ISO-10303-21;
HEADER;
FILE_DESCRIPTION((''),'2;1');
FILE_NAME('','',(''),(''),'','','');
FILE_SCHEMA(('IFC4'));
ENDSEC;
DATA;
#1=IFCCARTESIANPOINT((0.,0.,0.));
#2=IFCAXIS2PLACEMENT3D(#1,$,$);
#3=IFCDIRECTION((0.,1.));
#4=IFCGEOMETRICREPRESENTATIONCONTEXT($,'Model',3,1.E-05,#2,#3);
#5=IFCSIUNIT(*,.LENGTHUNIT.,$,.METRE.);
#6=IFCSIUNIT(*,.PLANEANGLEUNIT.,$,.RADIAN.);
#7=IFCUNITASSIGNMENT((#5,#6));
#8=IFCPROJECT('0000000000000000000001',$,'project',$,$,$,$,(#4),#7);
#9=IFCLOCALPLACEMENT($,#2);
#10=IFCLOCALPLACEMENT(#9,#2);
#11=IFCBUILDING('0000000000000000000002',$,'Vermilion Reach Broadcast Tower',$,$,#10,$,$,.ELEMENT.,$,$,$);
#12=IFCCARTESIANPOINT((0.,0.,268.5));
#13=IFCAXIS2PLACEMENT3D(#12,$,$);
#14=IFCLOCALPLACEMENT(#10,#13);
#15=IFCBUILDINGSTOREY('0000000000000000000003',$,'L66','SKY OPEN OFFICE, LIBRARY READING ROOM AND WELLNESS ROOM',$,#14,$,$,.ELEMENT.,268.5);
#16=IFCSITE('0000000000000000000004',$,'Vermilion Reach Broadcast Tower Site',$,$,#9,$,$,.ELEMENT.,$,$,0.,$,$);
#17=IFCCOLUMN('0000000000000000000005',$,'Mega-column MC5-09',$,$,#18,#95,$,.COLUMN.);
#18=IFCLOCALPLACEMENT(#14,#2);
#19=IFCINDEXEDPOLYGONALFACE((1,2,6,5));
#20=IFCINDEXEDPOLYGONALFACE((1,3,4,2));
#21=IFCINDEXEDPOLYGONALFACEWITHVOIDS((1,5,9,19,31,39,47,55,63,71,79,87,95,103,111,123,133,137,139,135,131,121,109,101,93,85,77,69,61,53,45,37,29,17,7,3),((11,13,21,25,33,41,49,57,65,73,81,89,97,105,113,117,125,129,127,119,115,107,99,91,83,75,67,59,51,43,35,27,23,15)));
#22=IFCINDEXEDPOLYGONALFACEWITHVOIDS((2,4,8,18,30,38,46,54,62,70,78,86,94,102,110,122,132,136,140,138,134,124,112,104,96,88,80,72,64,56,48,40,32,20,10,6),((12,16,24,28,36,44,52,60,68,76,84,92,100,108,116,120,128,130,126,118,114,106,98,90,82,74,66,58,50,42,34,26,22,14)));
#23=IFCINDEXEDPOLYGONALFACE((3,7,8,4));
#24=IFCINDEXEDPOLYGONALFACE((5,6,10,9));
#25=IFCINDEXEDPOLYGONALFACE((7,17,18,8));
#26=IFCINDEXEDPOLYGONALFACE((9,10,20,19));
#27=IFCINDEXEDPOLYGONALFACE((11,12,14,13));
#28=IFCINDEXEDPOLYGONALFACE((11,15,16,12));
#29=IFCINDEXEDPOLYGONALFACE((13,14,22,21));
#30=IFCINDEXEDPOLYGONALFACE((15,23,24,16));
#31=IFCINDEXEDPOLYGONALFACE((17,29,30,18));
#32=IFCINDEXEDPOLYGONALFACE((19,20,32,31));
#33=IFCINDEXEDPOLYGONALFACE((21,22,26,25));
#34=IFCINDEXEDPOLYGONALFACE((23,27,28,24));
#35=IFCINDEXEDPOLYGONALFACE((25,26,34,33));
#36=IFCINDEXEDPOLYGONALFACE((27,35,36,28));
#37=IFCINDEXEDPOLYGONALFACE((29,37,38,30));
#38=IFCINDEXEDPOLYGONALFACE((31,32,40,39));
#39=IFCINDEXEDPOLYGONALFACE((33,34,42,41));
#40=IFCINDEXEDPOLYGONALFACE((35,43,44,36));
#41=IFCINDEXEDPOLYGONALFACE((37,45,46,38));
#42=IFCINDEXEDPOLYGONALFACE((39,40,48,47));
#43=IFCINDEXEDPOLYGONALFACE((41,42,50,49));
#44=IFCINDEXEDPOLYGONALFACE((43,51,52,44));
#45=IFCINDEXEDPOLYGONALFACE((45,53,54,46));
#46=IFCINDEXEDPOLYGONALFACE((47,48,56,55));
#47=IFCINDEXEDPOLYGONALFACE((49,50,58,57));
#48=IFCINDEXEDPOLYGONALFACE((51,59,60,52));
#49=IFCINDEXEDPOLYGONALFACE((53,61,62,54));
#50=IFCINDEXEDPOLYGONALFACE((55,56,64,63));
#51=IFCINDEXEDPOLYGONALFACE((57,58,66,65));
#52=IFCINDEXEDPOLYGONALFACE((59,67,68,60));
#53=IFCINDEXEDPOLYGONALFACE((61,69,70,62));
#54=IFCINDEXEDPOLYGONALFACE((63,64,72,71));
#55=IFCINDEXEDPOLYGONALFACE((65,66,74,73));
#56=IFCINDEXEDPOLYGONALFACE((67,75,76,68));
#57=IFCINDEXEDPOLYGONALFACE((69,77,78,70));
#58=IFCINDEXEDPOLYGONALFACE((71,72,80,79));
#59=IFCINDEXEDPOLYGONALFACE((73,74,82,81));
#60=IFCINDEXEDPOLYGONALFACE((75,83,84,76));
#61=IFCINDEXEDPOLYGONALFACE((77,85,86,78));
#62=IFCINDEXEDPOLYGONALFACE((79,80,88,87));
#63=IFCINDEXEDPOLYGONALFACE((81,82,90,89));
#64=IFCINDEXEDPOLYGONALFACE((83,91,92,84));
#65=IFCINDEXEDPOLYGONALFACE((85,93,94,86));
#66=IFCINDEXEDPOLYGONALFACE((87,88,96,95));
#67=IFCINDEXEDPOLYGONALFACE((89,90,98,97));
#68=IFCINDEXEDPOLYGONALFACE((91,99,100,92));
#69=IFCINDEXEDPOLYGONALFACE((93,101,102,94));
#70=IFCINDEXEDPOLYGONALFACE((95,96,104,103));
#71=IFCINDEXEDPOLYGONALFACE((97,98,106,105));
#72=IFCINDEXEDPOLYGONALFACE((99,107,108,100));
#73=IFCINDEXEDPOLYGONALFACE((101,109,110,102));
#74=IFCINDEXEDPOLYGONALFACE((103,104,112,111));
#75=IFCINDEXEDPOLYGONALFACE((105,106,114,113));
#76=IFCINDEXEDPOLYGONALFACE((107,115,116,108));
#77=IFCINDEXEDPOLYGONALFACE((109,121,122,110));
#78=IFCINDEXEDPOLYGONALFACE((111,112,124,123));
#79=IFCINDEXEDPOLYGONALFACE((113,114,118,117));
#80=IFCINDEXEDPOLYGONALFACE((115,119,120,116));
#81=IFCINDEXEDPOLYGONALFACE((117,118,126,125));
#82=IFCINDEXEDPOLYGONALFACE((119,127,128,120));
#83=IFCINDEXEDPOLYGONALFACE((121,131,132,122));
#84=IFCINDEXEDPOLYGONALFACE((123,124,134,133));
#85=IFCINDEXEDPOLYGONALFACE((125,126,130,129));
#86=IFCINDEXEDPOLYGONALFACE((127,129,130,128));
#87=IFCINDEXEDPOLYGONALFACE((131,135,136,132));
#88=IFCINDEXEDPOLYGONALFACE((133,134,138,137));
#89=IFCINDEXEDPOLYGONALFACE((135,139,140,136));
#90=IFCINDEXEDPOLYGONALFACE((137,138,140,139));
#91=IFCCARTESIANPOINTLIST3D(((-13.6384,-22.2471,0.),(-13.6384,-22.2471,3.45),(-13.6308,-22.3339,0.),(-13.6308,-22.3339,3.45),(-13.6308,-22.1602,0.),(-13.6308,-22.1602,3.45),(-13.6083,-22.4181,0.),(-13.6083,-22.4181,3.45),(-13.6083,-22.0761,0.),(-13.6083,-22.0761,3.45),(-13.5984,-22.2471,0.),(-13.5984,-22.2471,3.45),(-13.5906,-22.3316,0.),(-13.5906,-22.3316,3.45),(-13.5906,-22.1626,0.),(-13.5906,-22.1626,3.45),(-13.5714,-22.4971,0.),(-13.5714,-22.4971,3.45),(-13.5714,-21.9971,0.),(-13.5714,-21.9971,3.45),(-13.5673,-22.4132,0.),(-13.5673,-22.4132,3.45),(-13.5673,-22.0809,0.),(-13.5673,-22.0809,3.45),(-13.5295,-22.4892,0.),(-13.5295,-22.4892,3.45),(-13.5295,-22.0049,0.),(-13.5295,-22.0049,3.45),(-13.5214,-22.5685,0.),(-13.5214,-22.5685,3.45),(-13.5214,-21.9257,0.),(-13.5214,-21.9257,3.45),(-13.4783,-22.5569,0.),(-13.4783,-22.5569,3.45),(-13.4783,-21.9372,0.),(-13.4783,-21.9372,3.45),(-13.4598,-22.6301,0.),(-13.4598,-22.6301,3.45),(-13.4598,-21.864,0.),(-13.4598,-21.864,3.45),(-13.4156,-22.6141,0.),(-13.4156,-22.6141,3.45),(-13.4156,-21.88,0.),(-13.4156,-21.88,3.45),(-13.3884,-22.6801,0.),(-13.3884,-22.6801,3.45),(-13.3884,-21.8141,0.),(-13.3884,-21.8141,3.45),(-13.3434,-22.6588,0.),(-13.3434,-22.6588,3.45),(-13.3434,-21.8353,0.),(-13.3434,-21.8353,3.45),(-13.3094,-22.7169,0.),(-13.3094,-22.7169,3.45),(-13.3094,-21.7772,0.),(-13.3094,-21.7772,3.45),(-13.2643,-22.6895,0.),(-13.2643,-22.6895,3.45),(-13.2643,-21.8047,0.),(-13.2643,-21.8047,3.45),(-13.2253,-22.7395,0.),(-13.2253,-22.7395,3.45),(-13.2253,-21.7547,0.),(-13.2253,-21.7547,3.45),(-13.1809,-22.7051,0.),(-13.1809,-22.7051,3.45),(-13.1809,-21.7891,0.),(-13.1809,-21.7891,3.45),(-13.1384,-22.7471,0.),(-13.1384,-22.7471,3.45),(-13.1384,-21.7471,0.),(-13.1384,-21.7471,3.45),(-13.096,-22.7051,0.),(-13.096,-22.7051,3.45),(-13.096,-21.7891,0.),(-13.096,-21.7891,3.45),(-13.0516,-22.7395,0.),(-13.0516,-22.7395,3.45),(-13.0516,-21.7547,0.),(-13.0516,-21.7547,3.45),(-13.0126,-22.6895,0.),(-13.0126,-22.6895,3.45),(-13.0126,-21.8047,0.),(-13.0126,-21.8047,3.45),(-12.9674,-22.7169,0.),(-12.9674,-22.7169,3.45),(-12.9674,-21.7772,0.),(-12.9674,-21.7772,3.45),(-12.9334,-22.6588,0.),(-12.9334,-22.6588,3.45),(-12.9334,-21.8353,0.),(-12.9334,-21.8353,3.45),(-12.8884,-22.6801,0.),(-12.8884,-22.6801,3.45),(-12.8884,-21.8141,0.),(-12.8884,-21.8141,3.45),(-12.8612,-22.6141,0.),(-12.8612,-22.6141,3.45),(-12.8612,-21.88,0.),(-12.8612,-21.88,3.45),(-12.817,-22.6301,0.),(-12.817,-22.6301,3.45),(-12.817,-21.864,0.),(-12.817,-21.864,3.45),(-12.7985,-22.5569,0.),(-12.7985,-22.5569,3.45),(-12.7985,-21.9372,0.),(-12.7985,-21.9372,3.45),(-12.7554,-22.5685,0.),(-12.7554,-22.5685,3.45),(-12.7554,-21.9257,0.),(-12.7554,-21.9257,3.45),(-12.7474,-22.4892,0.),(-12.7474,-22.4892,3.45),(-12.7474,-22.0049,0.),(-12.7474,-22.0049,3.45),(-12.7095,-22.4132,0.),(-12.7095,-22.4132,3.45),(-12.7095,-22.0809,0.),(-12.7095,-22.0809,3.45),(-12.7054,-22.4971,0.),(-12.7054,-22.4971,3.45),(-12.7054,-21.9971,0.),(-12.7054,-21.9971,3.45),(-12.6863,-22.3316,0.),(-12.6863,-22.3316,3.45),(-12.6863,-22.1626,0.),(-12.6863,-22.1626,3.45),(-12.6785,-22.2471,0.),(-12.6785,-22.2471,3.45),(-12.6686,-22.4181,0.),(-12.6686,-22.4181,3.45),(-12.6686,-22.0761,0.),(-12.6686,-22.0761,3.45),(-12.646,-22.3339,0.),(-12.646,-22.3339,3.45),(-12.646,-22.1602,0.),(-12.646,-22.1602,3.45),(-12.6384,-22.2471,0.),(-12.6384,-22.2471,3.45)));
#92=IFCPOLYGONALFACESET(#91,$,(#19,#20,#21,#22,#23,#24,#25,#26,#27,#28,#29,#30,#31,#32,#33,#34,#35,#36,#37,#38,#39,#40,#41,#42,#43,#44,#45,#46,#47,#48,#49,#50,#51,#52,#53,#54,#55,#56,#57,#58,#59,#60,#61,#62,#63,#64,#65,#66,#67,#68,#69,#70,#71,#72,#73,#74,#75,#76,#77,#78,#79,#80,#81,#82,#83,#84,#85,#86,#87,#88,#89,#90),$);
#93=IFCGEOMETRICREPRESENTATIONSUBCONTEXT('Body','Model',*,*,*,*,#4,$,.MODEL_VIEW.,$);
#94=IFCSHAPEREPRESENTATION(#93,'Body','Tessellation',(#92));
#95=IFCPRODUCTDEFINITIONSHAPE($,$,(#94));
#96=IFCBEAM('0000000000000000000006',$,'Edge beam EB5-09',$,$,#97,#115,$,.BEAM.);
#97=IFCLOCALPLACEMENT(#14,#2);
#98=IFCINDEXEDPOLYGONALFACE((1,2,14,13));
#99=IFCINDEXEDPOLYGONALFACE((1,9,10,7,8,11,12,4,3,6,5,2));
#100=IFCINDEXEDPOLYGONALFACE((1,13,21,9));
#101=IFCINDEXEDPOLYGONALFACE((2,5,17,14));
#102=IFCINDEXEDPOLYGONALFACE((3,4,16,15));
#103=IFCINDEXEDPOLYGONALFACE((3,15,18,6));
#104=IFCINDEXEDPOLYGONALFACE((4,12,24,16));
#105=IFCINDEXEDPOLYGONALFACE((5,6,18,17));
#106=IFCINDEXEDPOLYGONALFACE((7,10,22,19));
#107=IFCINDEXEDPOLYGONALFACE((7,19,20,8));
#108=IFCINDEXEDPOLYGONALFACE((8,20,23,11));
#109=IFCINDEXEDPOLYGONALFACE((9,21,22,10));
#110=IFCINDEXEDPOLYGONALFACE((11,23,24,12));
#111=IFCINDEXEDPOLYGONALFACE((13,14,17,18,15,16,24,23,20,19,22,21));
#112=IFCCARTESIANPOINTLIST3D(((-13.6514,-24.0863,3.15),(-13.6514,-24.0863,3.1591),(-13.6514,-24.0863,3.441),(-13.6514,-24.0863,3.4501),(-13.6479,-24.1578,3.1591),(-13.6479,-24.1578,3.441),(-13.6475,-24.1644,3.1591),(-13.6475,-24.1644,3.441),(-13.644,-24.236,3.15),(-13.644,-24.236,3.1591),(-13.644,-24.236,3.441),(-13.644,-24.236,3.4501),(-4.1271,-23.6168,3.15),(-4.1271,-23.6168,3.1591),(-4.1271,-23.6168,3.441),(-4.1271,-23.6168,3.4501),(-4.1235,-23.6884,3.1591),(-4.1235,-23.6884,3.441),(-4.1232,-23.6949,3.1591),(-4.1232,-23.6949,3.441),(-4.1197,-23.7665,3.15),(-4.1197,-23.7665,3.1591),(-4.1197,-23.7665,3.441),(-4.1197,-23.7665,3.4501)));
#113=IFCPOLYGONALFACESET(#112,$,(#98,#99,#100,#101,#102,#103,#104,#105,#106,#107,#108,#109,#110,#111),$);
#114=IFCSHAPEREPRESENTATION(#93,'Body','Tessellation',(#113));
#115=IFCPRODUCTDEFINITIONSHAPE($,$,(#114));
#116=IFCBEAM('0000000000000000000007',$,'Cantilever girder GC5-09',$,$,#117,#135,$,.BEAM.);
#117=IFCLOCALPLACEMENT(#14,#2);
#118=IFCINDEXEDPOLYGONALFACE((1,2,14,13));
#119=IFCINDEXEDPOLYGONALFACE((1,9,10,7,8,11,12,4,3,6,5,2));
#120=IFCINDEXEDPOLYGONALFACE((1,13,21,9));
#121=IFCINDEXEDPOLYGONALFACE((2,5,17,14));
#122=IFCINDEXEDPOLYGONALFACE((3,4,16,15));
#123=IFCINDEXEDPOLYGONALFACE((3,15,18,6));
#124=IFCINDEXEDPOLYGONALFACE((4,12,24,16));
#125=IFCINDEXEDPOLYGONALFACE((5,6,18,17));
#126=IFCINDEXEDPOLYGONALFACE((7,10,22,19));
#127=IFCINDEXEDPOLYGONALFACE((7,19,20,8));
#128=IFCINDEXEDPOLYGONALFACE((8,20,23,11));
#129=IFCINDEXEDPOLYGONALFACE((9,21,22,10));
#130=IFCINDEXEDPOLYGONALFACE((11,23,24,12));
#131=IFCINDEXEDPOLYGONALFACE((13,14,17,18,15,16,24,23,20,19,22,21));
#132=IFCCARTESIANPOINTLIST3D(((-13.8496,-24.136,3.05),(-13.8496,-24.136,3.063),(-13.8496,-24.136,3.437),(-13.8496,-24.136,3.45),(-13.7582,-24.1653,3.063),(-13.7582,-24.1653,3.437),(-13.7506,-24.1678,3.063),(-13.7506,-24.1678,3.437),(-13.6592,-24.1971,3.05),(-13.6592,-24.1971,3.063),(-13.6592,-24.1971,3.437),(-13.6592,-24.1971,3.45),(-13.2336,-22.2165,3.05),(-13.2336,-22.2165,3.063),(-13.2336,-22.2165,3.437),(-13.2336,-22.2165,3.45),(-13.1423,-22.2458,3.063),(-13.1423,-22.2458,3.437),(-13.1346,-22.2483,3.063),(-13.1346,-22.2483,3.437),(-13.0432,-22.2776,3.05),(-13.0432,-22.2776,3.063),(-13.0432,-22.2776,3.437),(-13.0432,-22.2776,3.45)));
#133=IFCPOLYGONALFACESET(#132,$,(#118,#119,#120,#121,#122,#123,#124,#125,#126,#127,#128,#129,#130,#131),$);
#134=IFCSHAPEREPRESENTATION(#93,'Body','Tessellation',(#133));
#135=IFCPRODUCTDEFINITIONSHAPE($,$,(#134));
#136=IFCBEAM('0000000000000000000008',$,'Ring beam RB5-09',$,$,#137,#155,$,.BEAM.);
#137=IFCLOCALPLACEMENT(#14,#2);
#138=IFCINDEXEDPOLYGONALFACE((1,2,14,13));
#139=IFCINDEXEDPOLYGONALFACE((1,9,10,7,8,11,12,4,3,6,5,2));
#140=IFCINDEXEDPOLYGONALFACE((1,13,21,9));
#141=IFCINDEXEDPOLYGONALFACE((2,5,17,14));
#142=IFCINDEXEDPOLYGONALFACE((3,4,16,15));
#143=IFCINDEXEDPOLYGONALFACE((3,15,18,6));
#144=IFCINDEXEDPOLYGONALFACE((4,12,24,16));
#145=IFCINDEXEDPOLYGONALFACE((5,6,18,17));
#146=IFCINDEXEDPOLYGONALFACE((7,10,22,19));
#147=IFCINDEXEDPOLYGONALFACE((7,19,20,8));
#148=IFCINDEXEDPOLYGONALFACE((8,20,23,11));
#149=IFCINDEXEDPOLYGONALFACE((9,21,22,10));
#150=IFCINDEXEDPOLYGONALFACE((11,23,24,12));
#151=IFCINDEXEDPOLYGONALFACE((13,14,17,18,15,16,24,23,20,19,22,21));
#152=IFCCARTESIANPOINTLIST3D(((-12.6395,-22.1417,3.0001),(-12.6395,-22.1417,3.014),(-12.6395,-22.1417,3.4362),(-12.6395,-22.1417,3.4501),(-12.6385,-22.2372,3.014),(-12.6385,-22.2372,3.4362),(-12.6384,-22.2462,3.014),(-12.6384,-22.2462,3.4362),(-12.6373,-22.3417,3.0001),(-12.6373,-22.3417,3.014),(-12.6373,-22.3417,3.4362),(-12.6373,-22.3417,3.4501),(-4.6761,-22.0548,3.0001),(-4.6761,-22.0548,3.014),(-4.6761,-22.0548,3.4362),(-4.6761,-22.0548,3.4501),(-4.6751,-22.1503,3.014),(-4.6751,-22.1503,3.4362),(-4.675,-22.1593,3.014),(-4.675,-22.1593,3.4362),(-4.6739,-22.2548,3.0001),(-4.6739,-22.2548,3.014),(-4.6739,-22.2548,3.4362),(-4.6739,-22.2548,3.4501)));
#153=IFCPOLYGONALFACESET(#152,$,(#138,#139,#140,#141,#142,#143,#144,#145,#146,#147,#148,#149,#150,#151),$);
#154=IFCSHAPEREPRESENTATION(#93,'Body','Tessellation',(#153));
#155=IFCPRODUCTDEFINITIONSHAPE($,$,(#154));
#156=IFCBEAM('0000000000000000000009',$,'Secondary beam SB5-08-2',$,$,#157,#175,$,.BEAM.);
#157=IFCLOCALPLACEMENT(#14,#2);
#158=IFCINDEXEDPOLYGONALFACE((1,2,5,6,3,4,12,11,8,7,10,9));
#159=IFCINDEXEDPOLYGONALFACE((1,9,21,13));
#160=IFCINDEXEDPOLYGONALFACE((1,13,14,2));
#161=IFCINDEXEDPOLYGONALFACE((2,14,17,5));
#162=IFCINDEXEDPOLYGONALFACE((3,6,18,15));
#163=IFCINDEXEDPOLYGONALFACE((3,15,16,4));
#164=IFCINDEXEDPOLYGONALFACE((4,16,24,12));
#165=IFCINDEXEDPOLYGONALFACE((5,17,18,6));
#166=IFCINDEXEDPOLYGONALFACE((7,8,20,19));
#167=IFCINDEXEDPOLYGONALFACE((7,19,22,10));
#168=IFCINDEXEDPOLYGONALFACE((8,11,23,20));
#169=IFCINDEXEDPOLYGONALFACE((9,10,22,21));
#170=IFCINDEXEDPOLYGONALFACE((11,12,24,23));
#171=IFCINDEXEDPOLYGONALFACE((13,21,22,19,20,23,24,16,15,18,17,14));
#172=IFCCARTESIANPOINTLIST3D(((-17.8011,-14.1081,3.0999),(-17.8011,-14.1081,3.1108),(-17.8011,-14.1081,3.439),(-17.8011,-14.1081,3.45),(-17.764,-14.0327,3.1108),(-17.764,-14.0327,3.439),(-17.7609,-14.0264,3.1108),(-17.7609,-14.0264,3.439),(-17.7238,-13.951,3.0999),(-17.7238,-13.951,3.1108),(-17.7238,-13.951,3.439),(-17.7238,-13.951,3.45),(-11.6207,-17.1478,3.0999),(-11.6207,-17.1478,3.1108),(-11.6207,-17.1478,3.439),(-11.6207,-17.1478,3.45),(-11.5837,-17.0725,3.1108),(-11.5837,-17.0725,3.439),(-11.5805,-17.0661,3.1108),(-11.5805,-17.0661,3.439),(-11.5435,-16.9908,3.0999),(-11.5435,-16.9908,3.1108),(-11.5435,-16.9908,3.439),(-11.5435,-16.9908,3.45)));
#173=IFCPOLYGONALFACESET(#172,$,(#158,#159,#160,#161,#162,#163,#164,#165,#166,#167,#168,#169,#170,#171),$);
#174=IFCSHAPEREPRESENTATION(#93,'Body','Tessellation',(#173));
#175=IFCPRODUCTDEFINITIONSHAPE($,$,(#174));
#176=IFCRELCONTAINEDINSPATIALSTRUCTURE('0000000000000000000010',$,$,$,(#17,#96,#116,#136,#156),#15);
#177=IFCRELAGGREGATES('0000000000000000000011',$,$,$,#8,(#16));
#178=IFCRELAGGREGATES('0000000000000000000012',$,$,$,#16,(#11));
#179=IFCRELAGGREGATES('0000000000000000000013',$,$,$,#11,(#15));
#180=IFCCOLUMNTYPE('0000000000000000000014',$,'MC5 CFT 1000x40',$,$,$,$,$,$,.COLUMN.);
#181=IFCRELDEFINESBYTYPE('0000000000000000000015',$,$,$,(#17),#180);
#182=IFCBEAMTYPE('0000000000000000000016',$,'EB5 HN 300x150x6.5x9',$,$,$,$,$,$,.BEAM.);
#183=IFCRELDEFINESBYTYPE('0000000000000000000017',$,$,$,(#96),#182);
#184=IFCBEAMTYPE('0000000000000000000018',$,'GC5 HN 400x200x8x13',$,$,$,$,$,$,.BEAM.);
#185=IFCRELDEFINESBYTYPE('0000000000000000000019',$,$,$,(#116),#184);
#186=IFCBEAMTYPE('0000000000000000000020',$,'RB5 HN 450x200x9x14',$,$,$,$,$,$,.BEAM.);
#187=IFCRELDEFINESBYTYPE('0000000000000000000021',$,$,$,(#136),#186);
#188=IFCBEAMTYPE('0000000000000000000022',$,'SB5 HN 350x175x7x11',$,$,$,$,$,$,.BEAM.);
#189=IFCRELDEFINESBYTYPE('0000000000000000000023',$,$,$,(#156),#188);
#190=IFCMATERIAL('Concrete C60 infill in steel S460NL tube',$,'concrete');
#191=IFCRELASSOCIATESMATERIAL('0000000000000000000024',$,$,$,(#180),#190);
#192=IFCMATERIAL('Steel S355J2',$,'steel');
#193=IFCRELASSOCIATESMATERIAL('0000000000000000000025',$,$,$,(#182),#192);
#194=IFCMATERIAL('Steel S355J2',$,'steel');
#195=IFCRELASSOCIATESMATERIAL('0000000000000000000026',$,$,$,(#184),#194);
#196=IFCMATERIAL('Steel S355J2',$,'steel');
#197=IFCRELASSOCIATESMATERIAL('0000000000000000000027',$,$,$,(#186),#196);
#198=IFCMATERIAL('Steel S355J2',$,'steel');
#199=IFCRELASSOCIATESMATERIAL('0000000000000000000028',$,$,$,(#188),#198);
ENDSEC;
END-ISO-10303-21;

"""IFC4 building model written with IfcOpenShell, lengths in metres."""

from ifc_helpers import new_model, si_unit, direction, frame, origin, origin_2d, place, context, subcontext, project, spatial, hollow_circle, i_section, extrude, material, material_profile, profile_set, type_object, element, save


model = new_model("IFC4")

# Units and contexts
model_context = context("Model", 3, precision=1e-05, world=origin(), true_north=direction((0.0, 1.0)))
body_context = subcontext(model_context, "Body", "Model", "MODEL_VIEW")
ifc_project = project(units=[si_unit("LENGTHUNIT", "METRE"), si_unit("PLANEANGLEUNIT", "RADIAN")], contexts=[model_context])

# Site, building, storey
site_placement = place(None, origin())
site = spatial("IfcSite", under=ifc_project, at=site_placement, Name="Vermilion Reach Broadcast Tower Site", CompositionType="ELEMENT", RefElevation=0.0)
building_placement = place(site_placement, origin())
building = spatial("IfcBuilding", under=site, at=building_placement, Name="Vermilion Reach Broadcast Tower", CompositionType="ELEMENT")
storey_placement = place(building_placement, frame((0.0, 0.0, 268.5)))
storey = spatial("IfcBuildingStorey", under=building, at=storey_placement, Name="L66", Description="SKY OPEN OFFICE, LIBRARY READING ROOM AND WELLNESS ROOM", CompositionType="ELEMENT", Elevation=268.5)

# Column
ifc_material_1 = material(Name="Concrete C60 infill in steel S460NL tube", Category="concrete")
ifc_material_profile_1 = material_profile(ifc_material_1, hollow_circle(Radius=0.5, WallThickness=0.04, at=origin_2d()), Name="Concrete C60 infill in steel S460NL tube CFT 1000x40")
ifc_profile_set_1 = profile_set([ifc_material_profile_1], Name="Concrete C60 infill in steel S460NL tube")
column_type = type_object("IfcColumnType", Name="MC5 CFT 1000x40", PredefinedType="COLUMN", material=ifc_profile_set_1)
column_placement = place(storey_placement, frame((-13.1384, -22.2471, 0.0), z_axis=(0.0, 0.0, 1.0), x_axis=(1.0, 0.0, 0.0)))
element("IfcColumn", 1, at=column_placement, inside=storey, type_object=column_type, Name="Mega-column MC5-09", PredefinedType="COLUMN", context=body_context, shape_type="SweptSolid", body=[
    extrude(hollow_circle(Radius=0.5, WallThickness=0.04, at=origin_2d()), origin(), (0.0, 0.0, 1.0), 3.45),
])

# Beams
ifc_material_2 = material(Name="Steel S355J2", Category="steel")
ifc_material_profile_2 = material_profile(ifc_material_2, i_section(OverallWidth=0.1499, OverallDepth=0.3, WebThickness=0.0066, FlangeThickness=0.009, at=origin_2d()), Name="S355J2 HN 300x150x6.5x9")
ifc_profile_set_2 = profile_set([ifc_material_profile_2], Name="Steel S355J2")
beam_type_1 = type_object("IfcBeamType", Name="EB5 HN 300x150x6.5x9", PredefinedType="BEAM", material=ifc_profile_set_2)
beam_1_placement = place(storey_placement, frame((-13.6477, -24.1611, 3.3), z_axis=(0.998787, 0.049233, 0.0), x_axis=(-0.049233, 0.998787, 0.0)))
element("IfcBeam", 2, at=beam_1_placement, inside=storey, type_object=beam_type_1, Name="Edge beam EB5-09", PredefinedType="BEAM", context=body_context, shape_type="SweptSolid", body=[
    extrude(i_section(OverallWidth=0.1499, OverallDepth=0.3, WebThickness=0.0066, FlangeThickness=0.009, at=origin_2d()), origin(), (0.0, 0.0, 1.0), 9.5359),
])
ifc_material_3 = material(Name="Steel S355J2", Category="steel")
ifc_material_profile_3 = material_profile(ifc_material_3, i_section(OverallWidth=0.2, OverallDepth=0.3999, WebThickness=0.0081, FlangeThickness=0.0129, at=origin_2d()), Name="S355J2 HN 400x200x8x13")
ifc_profile_set_3 = profile_set([ifc_material_profile_3], Name="Steel S355J2")
beam_type_2 = type_object("IfcBeamType", Name="GC5 HN 400x200x8x13", PredefinedType="BEAM", material=ifc_profile_set_3)
beam_2_placement = place(storey_placement, frame((-13.1384, -22.2471, 3.25), z_axis=(-0.305562, -0.952172, 0.0), x_axis=(0.952172, -0.305562, 0.0)))
element("IfcBeam", 3, at=beam_2_placement, inside=storey, type_object=beam_type_2, Name="Cantilever girder GC5-09", PredefinedType="BEAM", context=body_context, shape_type="SweptSolid", body=[
    extrude(i_section(OverallWidth=0.2, OverallDepth=0.3999, WebThickness=0.0081, FlangeThickness=0.0129, at=origin_2d()), origin(), (0.0, 0.0, 1.0), 2.0159),
])
ifc_material_4 = material(Name="Steel S355J2", Category="steel")
ifc_material_profile_4 = material_profile(ifc_material_4, i_section(OverallWidth=0.2, OverallDepth=0.45, WebThickness=0.009, FlangeThickness=0.0139, at=origin_2d()), Name="S355J2 HN 450x200x9x14")
ifc_profile_set_4 = profile_set([ifc_material_profile_4], Name="Steel S355J2")
beam_type_3 = type_object("IfcBeamType", Name="RB5 HN 450x200x9x14", PredefinedType="BEAM", material=ifc_profile_set_4)
beam_3_placement = place(storey_placement, frame((-12.6384, -22.2417, 3.2251), z_axis=(0.99994, 0.010914, 0.0), x_axis=(-0.010914, 0.99994, 0.0)))
element("IfcBeam", 4, at=beam_3_placement, inside=storey, type_object=beam_type_3, Name="Ring beam RB5-09", PredefinedType="BEAM", context=body_context, shape_type="SweptSolid", body=[
    extrude(i_section(OverallWidth=0.2, OverallDepth=0.45, WebThickness=0.009, FlangeThickness=0.0139, at=origin_2d()), origin(), (0.0, 0.0, 1.0), 7.9639),
])
ifc_material_5 = material(Name="Steel S355J2", Category="steel")
ifc_material_profile_5 = material_profile(ifc_material_5, i_section(OverallWidth=0.175, OverallDepth=0.3501, WebThickness=0.0071, FlangeThickness=0.011, at=origin_2d()), Name="S355J2 HN 350x175x7x11")
ifc_profile_set_5 = profile_set([ifc_material_profile_5], Name="Steel S355J2")
beam_type_4 = type_object("IfcBeamType", Name="SB5 HN 350x175x7x11", PredefinedType="BEAM", material=ifc_profile_set_5)
beam_4_placement = place(storey_placement, frame((-17.7625, -14.0295, 3.2749), z_axis=(0.897336, -0.441348, 0.0), x_axis=(0.441348, 0.897336, 0.0)))
element("IfcBeam", 5, at=beam_4_placement, inside=storey, type_object=beam_type_4, Name="Secondary beam SB5-08-2", PredefinedType="BEAM", context=body_context, shape_type="SweptSolid", body=[
    extrude(i_section(OverallWidth=0.175, OverallDepth=0.3501, WebThickness=0.0071, FlangeThickness=0.011, at=origin_2d()), origin(), (0.0, 0.0, 1.0), 6.8875),
])

save(model, "model.ifc")
